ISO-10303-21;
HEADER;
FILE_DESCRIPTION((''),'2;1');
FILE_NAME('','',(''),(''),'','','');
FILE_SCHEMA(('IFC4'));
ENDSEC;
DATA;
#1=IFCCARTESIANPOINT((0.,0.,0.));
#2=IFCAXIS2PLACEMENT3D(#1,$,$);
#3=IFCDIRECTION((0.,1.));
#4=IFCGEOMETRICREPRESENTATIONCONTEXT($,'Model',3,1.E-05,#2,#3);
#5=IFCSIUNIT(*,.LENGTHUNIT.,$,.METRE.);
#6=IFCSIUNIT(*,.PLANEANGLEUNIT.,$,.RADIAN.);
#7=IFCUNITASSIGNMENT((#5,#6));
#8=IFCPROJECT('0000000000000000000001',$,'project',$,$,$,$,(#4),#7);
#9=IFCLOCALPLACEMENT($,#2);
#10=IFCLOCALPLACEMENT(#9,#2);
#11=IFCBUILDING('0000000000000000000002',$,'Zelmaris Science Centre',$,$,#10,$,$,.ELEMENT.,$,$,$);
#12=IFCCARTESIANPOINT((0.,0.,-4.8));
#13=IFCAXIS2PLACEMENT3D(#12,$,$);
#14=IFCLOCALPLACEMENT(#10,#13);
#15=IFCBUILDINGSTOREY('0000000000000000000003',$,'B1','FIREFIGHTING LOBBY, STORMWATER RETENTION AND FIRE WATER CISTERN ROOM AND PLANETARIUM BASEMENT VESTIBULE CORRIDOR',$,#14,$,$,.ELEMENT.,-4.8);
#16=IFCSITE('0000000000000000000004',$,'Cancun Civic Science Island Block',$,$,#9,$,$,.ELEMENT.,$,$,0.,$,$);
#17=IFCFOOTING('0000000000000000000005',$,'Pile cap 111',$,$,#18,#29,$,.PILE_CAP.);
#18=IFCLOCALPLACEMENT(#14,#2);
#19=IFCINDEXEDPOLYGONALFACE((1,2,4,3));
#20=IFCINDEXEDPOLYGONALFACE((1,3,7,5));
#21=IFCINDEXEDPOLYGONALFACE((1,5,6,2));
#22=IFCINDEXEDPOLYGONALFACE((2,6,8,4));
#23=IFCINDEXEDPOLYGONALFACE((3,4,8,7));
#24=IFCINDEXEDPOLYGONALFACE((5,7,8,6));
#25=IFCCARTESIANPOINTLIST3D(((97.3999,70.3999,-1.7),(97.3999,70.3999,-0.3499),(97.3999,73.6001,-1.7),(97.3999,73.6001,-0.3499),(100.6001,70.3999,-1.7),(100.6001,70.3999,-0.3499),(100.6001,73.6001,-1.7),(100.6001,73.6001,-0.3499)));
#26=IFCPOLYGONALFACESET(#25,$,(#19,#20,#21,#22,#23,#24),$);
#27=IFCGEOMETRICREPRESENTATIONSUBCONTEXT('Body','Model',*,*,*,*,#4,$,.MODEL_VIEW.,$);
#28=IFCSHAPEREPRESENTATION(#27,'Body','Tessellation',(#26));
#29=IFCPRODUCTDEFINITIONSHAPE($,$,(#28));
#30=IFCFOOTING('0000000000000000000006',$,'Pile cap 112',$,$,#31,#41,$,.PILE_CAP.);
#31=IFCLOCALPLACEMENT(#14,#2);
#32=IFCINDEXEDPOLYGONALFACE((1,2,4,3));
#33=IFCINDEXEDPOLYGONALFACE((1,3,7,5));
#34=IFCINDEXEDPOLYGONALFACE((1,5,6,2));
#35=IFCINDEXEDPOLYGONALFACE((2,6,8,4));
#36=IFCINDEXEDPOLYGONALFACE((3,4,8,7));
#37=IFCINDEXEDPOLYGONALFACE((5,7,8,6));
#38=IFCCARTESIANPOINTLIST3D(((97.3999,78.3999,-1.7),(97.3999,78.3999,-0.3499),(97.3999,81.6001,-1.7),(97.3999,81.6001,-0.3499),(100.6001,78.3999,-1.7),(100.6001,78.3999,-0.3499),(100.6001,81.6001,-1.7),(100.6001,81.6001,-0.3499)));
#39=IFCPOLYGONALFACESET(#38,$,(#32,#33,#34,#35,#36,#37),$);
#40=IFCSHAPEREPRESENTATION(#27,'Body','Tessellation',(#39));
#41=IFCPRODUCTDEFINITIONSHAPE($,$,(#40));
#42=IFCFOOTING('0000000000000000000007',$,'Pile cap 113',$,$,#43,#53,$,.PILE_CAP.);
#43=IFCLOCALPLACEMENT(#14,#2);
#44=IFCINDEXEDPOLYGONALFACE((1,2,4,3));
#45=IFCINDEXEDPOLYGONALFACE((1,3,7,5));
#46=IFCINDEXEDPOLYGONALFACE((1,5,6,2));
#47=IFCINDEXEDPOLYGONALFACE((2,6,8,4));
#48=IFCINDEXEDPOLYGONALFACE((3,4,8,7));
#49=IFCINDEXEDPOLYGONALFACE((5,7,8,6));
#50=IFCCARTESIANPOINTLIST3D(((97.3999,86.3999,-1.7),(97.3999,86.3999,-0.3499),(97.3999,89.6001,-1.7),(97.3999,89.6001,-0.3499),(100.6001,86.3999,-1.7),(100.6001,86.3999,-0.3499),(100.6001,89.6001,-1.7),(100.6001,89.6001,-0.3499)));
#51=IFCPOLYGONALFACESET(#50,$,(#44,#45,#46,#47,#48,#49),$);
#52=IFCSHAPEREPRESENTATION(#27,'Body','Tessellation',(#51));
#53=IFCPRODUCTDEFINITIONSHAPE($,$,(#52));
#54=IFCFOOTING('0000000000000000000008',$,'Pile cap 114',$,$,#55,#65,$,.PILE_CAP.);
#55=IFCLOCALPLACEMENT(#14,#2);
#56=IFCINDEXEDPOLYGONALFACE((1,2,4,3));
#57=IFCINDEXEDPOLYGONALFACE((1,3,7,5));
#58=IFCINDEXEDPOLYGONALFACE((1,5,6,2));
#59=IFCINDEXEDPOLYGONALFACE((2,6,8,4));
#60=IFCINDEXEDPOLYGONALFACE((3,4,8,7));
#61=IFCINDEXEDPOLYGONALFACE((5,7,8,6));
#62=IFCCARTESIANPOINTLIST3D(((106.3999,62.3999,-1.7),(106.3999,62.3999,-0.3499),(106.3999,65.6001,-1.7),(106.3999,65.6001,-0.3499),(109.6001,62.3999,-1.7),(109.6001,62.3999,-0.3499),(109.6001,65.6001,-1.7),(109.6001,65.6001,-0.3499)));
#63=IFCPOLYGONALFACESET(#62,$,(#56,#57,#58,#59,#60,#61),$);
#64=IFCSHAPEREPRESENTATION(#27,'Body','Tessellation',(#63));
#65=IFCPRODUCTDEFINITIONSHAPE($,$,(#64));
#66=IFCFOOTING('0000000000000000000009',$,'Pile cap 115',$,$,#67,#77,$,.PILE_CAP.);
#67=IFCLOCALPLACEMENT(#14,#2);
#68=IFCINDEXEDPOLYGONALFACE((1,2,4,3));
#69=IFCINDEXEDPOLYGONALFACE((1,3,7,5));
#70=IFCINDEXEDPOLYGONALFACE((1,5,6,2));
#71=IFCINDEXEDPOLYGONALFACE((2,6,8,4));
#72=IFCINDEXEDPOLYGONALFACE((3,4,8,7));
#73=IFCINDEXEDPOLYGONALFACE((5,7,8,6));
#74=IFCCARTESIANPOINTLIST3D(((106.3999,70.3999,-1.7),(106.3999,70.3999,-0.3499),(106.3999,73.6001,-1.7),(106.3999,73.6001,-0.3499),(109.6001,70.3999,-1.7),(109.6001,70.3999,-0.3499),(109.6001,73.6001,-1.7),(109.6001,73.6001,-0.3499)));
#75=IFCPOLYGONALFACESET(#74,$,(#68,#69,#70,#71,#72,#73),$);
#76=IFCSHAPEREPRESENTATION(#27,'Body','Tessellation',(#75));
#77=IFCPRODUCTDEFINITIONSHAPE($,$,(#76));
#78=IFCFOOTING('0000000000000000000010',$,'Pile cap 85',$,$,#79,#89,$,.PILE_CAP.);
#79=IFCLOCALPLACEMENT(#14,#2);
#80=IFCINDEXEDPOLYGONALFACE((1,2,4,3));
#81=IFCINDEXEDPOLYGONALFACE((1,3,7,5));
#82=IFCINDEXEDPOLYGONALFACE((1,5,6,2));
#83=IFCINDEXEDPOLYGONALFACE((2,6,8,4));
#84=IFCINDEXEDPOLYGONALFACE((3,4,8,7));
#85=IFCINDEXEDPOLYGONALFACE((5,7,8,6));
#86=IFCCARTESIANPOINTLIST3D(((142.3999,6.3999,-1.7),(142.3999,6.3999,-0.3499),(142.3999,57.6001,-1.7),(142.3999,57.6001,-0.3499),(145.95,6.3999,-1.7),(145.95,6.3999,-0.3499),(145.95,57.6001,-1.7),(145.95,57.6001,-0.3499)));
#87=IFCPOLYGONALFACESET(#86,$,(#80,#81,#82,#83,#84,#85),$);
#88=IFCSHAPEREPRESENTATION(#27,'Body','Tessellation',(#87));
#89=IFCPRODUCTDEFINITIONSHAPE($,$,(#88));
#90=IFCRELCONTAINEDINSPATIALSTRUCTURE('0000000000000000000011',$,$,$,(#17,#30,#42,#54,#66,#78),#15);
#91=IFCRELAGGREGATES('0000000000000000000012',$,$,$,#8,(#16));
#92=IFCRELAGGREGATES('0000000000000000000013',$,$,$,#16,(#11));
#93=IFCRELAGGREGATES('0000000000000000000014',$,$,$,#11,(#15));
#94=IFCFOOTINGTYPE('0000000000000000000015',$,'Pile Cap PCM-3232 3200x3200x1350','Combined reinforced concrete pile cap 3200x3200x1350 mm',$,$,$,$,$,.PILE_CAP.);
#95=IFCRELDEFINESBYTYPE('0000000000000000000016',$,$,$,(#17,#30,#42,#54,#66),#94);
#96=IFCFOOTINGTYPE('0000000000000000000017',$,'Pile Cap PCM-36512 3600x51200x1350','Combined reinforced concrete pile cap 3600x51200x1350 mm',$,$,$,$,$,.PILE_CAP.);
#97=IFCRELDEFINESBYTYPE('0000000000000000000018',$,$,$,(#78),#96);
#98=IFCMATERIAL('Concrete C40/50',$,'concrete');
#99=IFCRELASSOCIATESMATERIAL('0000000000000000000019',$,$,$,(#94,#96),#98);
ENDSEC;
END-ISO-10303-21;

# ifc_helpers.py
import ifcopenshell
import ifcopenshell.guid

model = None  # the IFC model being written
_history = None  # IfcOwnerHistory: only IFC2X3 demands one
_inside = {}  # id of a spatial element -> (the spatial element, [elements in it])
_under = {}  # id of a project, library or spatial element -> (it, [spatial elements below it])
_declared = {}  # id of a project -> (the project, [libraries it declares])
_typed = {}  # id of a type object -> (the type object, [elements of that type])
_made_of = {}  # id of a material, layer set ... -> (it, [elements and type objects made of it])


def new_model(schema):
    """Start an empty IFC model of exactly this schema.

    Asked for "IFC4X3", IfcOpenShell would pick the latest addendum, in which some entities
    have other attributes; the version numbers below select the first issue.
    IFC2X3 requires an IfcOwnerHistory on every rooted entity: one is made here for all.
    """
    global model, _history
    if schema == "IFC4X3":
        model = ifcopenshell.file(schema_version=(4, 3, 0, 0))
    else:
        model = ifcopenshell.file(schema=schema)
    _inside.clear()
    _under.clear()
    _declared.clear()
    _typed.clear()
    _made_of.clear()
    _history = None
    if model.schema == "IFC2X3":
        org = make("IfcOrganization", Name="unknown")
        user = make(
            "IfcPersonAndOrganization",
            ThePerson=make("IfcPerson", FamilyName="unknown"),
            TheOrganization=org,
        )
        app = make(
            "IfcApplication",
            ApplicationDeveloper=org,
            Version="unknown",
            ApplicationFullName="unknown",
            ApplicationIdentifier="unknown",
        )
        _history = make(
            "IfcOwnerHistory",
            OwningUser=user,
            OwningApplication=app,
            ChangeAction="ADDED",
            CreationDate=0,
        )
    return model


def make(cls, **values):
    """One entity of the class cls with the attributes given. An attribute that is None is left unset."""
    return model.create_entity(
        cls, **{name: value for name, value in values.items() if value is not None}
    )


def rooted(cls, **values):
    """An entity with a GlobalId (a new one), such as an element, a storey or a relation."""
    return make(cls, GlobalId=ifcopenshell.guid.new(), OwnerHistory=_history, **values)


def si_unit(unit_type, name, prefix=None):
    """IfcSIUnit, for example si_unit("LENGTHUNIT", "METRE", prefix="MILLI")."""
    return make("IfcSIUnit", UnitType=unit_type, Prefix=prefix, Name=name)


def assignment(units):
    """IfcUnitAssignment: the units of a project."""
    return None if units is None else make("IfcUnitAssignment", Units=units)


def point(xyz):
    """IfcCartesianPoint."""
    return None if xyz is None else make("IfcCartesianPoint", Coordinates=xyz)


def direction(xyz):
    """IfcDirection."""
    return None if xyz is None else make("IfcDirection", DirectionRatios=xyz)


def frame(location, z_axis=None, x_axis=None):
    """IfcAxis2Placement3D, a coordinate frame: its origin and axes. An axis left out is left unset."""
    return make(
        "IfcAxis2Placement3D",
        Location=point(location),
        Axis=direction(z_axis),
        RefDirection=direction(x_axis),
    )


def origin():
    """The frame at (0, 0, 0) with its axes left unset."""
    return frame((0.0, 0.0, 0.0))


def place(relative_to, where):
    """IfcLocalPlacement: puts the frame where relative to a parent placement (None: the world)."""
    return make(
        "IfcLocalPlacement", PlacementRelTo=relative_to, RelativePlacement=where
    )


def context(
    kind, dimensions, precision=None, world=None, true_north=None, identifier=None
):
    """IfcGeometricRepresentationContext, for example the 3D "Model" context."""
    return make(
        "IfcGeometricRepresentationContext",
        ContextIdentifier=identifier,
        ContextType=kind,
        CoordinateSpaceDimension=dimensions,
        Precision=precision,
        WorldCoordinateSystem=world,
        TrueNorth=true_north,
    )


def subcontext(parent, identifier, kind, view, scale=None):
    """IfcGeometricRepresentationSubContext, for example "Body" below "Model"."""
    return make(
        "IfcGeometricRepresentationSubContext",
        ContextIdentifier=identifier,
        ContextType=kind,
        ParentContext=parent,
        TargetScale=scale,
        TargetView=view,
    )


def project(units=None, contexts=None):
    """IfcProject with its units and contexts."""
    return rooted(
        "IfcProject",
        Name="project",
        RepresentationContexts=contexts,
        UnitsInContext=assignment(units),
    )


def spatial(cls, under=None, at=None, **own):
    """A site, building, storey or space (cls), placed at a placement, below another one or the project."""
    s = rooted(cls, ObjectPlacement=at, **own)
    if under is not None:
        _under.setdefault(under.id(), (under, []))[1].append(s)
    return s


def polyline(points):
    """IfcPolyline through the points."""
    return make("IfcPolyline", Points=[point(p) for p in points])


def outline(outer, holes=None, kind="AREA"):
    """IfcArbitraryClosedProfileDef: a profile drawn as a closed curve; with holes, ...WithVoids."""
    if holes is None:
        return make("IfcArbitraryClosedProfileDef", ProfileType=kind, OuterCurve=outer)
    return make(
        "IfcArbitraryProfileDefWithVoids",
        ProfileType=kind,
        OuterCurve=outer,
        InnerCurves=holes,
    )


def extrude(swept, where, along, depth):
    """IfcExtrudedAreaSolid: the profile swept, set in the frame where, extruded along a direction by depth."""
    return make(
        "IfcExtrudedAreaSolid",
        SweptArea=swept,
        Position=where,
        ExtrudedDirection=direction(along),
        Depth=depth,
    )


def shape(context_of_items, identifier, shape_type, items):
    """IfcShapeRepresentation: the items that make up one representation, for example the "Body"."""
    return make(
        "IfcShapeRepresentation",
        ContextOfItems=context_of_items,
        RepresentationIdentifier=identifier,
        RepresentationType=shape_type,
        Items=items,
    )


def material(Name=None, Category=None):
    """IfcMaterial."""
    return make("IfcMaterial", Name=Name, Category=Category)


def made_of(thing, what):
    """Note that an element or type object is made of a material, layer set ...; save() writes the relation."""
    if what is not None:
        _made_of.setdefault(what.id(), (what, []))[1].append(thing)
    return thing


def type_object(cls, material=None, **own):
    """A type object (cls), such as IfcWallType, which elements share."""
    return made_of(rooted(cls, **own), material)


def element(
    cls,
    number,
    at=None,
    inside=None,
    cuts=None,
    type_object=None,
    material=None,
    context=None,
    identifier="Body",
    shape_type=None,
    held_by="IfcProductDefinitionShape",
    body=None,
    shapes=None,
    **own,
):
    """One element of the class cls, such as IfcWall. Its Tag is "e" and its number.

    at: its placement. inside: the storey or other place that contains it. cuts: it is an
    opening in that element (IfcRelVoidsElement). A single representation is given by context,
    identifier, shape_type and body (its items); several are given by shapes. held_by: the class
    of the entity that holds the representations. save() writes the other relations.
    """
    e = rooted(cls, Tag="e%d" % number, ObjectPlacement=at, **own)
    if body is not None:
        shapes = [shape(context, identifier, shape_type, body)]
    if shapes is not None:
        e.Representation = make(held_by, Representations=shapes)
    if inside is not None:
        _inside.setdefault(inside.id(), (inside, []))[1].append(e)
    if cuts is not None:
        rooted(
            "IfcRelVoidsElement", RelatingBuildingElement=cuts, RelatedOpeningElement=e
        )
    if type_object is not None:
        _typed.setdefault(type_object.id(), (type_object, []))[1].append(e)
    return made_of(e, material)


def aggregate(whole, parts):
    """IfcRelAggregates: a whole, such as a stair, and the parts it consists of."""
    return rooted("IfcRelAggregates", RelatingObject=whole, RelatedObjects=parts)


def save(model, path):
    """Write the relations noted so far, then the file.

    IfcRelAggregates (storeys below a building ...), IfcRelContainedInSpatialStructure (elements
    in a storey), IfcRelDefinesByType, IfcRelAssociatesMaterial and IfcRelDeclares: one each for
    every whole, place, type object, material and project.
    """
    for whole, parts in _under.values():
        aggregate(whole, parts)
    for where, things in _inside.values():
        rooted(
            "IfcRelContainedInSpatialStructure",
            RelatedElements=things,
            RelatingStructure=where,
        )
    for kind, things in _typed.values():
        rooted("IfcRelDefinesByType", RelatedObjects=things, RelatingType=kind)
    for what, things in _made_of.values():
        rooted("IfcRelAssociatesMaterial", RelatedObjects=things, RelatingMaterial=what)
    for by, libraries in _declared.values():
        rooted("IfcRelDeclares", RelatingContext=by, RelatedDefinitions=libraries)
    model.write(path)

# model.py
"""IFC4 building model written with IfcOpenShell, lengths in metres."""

from ifc_helpers import new_model, si_unit, direction, frame, origin, place, context, subcontext, project, spatial, polyline, outline, extrude, material, type_object, element, save


model = new_model("IFC4")

# Units and contexts
model_context = context("Model", 3, precision=1e-05, world=origin(), true_north=direction((0.0, 1.0)))
body_context = subcontext(model_context, "Body", "Model", "MODEL_VIEW")
ifc_project = project(units=[si_unit("LENGTHUNIT", "METRE"), si_unit("PLANEANGLEUNIT", "RADIAN")], contexts=[model_context])

# Site, building, storey
site_placement = place(None, origin())
site = spatial("IfcSite", under=ifc_project, at=site_placement, Name="Cancun Civic Science Island Block", CompositionType="ELEMENT", RefElevation=0.0)
building_placement = place(site_placement, origin())
building = spatial("IfcBuilding", under=site, at=building_placement, Name="Zelmaris Science Centre", CompositionType="ELEMENT")
storey_placement = place(building_placement, frame((0.0, 0.0, -4.8)))
storey = spatial("IfcBuildingStorey", under=building, at=storey_placement, Name="B1", Description="FIREFIGHTING LOBBY, STORMWATER RETENTION AND FIRE WATER CISTERN ROOM AND PLANETARIUM BASEMENT VESTIBULE CORRIDOR", CompositionType="ELEMENT", Elevation=-4.8)

# Footings
ifc_material = material(Name="Concrete C40/50", Category="concrete")
footing_type_1 = type_object("IfcFootingType", Name="Pile Cap PCM-3232 3200x3200x1350", Description="Combined reinforced concrete pile cap 3200x3200x1350 mm", PredefinedType="PILE_CAP", material=ifc_material)
footing_1_placement = place(storey_placement, frame((0.0, 0.0, -1.7)))
element("IfcFooting", 1, at=footing_1_placement, inside=storey, type_object=footing_type_1, Name="Pile cap 111", PredefinedType="PILE_CAP", context=body_context, shape_type="SweptSolid", body=[
    extrude(outline(polyline([(97.3999, 70.3999), (100.6001, 70.3999), (100.6001, 73.6001), (97.3999, 73.6001), (97.3999, 70.3999)])), origin(), (0.0, 0.0, 1.0), 1.3501),
])
footing_2_placement = place(storey_placement, frame((0.0, 0.0, -1.7)))
element("IfcFooting", 2, at=footing_2_placement, inside=storey, type_object=footing_type_1, Name="Pile cap 112", PredefinedType="PILE_CAP", context=body_context, shape_type="SweptSolid", body=[
    extrude(outline(polyline([(97.3999, 78.3999), (100.6001, 78.3999), (100.6001, 81.6001), (97.3999, 81.6001), (97.3999, 78.3999)])), origin(), (0.0, 0.0, 1.0), 1.3501),
])
footing_3_placement = place(storey_placement, frame((0.0, 0.0, -1.7)))
element("IfcFooting", 3, at=footing_3_placement, inside=storey, type_object=footing_type_1, Name="Pile cap 113", PredefinedType="PILE_CAP", context=body_context, shape_type="SweptSolid", body=[
    extrude(outline(polyline([(97.3999, 86.3999), (100.6001, 86.3999), (100.6001, 89.6001), (97.3999, 89.6001), (97.3999, 86.3999)])), origin(), (0.0, 0.0, 1.0), 1.3501),
])
footing_4_placement = place(storey_placement, frame((0.0, 0.0, -1.7)))
element("IfcFooting", 4, at=footing_4_placement, inside=storey, type_object=footing_type_1, Name="Pile cap 114", PredefinedType="PILE_CAP", context=body_context, shape_type="SweptSolid", body=[
    extrude(outline(polyline([(106.3999, 62.3999), (109.6001, 62.3999), (109.6001, 65.6001), (106.3999, 65.6001), (106.3999, 62.3999)])), origin(), (0.0, 0.0, 1.0), 1.3501),
])
footing_5_placement = place(storey_placement, frame((0.0, 0.0, -1.7)))
element("IfcFooting", 5, at=footing_5_placement, inside=storey, type_object=footing_type_1, Name="Pile cap 115", PredefinedType="PILE_CAP", context=body_context, shape_type="SweptSolid", body=[
    extrude(outline(polyline([(106.3999, 70.3999), (109.6001, 70.3999), (109.6001, 73.6001), (106.3999, 73.6001), (106.3999, 70.3999)])), origin(), (0.0, 0.0, 1.0), 1.3501),
])
footing_type_2 = type_object("IfcFootingType", Name="Pile Cap PCM-36512 3600x51200x1350", Description="Combined reinforced concrete pile cap 3600x51200x1350 mm", PredefinedType="PILE_CAP", material=ifc_material)
footing_6_placement = place(storey_placement, frame((0.0, 0.0, -1.7)))
element("IfcFooting", 6, at=footing_6_placement, inside=storey, type_object=footing_type_2, Name="Pile cap 85", PredefinedType="PILE_CAP", context=body_context, shape_type="SweptSolid", body=[
    extrude(outline(polyline([(142.3999, 6.3999), (145.95, 6.3999), (145.95, 57.6001), (142.3999, 57.6001), (142.3999, 6.3999)])), origin(), (0.0, 0.0, 1.0), 1.3501),
])

save(model, "model.ifc")
